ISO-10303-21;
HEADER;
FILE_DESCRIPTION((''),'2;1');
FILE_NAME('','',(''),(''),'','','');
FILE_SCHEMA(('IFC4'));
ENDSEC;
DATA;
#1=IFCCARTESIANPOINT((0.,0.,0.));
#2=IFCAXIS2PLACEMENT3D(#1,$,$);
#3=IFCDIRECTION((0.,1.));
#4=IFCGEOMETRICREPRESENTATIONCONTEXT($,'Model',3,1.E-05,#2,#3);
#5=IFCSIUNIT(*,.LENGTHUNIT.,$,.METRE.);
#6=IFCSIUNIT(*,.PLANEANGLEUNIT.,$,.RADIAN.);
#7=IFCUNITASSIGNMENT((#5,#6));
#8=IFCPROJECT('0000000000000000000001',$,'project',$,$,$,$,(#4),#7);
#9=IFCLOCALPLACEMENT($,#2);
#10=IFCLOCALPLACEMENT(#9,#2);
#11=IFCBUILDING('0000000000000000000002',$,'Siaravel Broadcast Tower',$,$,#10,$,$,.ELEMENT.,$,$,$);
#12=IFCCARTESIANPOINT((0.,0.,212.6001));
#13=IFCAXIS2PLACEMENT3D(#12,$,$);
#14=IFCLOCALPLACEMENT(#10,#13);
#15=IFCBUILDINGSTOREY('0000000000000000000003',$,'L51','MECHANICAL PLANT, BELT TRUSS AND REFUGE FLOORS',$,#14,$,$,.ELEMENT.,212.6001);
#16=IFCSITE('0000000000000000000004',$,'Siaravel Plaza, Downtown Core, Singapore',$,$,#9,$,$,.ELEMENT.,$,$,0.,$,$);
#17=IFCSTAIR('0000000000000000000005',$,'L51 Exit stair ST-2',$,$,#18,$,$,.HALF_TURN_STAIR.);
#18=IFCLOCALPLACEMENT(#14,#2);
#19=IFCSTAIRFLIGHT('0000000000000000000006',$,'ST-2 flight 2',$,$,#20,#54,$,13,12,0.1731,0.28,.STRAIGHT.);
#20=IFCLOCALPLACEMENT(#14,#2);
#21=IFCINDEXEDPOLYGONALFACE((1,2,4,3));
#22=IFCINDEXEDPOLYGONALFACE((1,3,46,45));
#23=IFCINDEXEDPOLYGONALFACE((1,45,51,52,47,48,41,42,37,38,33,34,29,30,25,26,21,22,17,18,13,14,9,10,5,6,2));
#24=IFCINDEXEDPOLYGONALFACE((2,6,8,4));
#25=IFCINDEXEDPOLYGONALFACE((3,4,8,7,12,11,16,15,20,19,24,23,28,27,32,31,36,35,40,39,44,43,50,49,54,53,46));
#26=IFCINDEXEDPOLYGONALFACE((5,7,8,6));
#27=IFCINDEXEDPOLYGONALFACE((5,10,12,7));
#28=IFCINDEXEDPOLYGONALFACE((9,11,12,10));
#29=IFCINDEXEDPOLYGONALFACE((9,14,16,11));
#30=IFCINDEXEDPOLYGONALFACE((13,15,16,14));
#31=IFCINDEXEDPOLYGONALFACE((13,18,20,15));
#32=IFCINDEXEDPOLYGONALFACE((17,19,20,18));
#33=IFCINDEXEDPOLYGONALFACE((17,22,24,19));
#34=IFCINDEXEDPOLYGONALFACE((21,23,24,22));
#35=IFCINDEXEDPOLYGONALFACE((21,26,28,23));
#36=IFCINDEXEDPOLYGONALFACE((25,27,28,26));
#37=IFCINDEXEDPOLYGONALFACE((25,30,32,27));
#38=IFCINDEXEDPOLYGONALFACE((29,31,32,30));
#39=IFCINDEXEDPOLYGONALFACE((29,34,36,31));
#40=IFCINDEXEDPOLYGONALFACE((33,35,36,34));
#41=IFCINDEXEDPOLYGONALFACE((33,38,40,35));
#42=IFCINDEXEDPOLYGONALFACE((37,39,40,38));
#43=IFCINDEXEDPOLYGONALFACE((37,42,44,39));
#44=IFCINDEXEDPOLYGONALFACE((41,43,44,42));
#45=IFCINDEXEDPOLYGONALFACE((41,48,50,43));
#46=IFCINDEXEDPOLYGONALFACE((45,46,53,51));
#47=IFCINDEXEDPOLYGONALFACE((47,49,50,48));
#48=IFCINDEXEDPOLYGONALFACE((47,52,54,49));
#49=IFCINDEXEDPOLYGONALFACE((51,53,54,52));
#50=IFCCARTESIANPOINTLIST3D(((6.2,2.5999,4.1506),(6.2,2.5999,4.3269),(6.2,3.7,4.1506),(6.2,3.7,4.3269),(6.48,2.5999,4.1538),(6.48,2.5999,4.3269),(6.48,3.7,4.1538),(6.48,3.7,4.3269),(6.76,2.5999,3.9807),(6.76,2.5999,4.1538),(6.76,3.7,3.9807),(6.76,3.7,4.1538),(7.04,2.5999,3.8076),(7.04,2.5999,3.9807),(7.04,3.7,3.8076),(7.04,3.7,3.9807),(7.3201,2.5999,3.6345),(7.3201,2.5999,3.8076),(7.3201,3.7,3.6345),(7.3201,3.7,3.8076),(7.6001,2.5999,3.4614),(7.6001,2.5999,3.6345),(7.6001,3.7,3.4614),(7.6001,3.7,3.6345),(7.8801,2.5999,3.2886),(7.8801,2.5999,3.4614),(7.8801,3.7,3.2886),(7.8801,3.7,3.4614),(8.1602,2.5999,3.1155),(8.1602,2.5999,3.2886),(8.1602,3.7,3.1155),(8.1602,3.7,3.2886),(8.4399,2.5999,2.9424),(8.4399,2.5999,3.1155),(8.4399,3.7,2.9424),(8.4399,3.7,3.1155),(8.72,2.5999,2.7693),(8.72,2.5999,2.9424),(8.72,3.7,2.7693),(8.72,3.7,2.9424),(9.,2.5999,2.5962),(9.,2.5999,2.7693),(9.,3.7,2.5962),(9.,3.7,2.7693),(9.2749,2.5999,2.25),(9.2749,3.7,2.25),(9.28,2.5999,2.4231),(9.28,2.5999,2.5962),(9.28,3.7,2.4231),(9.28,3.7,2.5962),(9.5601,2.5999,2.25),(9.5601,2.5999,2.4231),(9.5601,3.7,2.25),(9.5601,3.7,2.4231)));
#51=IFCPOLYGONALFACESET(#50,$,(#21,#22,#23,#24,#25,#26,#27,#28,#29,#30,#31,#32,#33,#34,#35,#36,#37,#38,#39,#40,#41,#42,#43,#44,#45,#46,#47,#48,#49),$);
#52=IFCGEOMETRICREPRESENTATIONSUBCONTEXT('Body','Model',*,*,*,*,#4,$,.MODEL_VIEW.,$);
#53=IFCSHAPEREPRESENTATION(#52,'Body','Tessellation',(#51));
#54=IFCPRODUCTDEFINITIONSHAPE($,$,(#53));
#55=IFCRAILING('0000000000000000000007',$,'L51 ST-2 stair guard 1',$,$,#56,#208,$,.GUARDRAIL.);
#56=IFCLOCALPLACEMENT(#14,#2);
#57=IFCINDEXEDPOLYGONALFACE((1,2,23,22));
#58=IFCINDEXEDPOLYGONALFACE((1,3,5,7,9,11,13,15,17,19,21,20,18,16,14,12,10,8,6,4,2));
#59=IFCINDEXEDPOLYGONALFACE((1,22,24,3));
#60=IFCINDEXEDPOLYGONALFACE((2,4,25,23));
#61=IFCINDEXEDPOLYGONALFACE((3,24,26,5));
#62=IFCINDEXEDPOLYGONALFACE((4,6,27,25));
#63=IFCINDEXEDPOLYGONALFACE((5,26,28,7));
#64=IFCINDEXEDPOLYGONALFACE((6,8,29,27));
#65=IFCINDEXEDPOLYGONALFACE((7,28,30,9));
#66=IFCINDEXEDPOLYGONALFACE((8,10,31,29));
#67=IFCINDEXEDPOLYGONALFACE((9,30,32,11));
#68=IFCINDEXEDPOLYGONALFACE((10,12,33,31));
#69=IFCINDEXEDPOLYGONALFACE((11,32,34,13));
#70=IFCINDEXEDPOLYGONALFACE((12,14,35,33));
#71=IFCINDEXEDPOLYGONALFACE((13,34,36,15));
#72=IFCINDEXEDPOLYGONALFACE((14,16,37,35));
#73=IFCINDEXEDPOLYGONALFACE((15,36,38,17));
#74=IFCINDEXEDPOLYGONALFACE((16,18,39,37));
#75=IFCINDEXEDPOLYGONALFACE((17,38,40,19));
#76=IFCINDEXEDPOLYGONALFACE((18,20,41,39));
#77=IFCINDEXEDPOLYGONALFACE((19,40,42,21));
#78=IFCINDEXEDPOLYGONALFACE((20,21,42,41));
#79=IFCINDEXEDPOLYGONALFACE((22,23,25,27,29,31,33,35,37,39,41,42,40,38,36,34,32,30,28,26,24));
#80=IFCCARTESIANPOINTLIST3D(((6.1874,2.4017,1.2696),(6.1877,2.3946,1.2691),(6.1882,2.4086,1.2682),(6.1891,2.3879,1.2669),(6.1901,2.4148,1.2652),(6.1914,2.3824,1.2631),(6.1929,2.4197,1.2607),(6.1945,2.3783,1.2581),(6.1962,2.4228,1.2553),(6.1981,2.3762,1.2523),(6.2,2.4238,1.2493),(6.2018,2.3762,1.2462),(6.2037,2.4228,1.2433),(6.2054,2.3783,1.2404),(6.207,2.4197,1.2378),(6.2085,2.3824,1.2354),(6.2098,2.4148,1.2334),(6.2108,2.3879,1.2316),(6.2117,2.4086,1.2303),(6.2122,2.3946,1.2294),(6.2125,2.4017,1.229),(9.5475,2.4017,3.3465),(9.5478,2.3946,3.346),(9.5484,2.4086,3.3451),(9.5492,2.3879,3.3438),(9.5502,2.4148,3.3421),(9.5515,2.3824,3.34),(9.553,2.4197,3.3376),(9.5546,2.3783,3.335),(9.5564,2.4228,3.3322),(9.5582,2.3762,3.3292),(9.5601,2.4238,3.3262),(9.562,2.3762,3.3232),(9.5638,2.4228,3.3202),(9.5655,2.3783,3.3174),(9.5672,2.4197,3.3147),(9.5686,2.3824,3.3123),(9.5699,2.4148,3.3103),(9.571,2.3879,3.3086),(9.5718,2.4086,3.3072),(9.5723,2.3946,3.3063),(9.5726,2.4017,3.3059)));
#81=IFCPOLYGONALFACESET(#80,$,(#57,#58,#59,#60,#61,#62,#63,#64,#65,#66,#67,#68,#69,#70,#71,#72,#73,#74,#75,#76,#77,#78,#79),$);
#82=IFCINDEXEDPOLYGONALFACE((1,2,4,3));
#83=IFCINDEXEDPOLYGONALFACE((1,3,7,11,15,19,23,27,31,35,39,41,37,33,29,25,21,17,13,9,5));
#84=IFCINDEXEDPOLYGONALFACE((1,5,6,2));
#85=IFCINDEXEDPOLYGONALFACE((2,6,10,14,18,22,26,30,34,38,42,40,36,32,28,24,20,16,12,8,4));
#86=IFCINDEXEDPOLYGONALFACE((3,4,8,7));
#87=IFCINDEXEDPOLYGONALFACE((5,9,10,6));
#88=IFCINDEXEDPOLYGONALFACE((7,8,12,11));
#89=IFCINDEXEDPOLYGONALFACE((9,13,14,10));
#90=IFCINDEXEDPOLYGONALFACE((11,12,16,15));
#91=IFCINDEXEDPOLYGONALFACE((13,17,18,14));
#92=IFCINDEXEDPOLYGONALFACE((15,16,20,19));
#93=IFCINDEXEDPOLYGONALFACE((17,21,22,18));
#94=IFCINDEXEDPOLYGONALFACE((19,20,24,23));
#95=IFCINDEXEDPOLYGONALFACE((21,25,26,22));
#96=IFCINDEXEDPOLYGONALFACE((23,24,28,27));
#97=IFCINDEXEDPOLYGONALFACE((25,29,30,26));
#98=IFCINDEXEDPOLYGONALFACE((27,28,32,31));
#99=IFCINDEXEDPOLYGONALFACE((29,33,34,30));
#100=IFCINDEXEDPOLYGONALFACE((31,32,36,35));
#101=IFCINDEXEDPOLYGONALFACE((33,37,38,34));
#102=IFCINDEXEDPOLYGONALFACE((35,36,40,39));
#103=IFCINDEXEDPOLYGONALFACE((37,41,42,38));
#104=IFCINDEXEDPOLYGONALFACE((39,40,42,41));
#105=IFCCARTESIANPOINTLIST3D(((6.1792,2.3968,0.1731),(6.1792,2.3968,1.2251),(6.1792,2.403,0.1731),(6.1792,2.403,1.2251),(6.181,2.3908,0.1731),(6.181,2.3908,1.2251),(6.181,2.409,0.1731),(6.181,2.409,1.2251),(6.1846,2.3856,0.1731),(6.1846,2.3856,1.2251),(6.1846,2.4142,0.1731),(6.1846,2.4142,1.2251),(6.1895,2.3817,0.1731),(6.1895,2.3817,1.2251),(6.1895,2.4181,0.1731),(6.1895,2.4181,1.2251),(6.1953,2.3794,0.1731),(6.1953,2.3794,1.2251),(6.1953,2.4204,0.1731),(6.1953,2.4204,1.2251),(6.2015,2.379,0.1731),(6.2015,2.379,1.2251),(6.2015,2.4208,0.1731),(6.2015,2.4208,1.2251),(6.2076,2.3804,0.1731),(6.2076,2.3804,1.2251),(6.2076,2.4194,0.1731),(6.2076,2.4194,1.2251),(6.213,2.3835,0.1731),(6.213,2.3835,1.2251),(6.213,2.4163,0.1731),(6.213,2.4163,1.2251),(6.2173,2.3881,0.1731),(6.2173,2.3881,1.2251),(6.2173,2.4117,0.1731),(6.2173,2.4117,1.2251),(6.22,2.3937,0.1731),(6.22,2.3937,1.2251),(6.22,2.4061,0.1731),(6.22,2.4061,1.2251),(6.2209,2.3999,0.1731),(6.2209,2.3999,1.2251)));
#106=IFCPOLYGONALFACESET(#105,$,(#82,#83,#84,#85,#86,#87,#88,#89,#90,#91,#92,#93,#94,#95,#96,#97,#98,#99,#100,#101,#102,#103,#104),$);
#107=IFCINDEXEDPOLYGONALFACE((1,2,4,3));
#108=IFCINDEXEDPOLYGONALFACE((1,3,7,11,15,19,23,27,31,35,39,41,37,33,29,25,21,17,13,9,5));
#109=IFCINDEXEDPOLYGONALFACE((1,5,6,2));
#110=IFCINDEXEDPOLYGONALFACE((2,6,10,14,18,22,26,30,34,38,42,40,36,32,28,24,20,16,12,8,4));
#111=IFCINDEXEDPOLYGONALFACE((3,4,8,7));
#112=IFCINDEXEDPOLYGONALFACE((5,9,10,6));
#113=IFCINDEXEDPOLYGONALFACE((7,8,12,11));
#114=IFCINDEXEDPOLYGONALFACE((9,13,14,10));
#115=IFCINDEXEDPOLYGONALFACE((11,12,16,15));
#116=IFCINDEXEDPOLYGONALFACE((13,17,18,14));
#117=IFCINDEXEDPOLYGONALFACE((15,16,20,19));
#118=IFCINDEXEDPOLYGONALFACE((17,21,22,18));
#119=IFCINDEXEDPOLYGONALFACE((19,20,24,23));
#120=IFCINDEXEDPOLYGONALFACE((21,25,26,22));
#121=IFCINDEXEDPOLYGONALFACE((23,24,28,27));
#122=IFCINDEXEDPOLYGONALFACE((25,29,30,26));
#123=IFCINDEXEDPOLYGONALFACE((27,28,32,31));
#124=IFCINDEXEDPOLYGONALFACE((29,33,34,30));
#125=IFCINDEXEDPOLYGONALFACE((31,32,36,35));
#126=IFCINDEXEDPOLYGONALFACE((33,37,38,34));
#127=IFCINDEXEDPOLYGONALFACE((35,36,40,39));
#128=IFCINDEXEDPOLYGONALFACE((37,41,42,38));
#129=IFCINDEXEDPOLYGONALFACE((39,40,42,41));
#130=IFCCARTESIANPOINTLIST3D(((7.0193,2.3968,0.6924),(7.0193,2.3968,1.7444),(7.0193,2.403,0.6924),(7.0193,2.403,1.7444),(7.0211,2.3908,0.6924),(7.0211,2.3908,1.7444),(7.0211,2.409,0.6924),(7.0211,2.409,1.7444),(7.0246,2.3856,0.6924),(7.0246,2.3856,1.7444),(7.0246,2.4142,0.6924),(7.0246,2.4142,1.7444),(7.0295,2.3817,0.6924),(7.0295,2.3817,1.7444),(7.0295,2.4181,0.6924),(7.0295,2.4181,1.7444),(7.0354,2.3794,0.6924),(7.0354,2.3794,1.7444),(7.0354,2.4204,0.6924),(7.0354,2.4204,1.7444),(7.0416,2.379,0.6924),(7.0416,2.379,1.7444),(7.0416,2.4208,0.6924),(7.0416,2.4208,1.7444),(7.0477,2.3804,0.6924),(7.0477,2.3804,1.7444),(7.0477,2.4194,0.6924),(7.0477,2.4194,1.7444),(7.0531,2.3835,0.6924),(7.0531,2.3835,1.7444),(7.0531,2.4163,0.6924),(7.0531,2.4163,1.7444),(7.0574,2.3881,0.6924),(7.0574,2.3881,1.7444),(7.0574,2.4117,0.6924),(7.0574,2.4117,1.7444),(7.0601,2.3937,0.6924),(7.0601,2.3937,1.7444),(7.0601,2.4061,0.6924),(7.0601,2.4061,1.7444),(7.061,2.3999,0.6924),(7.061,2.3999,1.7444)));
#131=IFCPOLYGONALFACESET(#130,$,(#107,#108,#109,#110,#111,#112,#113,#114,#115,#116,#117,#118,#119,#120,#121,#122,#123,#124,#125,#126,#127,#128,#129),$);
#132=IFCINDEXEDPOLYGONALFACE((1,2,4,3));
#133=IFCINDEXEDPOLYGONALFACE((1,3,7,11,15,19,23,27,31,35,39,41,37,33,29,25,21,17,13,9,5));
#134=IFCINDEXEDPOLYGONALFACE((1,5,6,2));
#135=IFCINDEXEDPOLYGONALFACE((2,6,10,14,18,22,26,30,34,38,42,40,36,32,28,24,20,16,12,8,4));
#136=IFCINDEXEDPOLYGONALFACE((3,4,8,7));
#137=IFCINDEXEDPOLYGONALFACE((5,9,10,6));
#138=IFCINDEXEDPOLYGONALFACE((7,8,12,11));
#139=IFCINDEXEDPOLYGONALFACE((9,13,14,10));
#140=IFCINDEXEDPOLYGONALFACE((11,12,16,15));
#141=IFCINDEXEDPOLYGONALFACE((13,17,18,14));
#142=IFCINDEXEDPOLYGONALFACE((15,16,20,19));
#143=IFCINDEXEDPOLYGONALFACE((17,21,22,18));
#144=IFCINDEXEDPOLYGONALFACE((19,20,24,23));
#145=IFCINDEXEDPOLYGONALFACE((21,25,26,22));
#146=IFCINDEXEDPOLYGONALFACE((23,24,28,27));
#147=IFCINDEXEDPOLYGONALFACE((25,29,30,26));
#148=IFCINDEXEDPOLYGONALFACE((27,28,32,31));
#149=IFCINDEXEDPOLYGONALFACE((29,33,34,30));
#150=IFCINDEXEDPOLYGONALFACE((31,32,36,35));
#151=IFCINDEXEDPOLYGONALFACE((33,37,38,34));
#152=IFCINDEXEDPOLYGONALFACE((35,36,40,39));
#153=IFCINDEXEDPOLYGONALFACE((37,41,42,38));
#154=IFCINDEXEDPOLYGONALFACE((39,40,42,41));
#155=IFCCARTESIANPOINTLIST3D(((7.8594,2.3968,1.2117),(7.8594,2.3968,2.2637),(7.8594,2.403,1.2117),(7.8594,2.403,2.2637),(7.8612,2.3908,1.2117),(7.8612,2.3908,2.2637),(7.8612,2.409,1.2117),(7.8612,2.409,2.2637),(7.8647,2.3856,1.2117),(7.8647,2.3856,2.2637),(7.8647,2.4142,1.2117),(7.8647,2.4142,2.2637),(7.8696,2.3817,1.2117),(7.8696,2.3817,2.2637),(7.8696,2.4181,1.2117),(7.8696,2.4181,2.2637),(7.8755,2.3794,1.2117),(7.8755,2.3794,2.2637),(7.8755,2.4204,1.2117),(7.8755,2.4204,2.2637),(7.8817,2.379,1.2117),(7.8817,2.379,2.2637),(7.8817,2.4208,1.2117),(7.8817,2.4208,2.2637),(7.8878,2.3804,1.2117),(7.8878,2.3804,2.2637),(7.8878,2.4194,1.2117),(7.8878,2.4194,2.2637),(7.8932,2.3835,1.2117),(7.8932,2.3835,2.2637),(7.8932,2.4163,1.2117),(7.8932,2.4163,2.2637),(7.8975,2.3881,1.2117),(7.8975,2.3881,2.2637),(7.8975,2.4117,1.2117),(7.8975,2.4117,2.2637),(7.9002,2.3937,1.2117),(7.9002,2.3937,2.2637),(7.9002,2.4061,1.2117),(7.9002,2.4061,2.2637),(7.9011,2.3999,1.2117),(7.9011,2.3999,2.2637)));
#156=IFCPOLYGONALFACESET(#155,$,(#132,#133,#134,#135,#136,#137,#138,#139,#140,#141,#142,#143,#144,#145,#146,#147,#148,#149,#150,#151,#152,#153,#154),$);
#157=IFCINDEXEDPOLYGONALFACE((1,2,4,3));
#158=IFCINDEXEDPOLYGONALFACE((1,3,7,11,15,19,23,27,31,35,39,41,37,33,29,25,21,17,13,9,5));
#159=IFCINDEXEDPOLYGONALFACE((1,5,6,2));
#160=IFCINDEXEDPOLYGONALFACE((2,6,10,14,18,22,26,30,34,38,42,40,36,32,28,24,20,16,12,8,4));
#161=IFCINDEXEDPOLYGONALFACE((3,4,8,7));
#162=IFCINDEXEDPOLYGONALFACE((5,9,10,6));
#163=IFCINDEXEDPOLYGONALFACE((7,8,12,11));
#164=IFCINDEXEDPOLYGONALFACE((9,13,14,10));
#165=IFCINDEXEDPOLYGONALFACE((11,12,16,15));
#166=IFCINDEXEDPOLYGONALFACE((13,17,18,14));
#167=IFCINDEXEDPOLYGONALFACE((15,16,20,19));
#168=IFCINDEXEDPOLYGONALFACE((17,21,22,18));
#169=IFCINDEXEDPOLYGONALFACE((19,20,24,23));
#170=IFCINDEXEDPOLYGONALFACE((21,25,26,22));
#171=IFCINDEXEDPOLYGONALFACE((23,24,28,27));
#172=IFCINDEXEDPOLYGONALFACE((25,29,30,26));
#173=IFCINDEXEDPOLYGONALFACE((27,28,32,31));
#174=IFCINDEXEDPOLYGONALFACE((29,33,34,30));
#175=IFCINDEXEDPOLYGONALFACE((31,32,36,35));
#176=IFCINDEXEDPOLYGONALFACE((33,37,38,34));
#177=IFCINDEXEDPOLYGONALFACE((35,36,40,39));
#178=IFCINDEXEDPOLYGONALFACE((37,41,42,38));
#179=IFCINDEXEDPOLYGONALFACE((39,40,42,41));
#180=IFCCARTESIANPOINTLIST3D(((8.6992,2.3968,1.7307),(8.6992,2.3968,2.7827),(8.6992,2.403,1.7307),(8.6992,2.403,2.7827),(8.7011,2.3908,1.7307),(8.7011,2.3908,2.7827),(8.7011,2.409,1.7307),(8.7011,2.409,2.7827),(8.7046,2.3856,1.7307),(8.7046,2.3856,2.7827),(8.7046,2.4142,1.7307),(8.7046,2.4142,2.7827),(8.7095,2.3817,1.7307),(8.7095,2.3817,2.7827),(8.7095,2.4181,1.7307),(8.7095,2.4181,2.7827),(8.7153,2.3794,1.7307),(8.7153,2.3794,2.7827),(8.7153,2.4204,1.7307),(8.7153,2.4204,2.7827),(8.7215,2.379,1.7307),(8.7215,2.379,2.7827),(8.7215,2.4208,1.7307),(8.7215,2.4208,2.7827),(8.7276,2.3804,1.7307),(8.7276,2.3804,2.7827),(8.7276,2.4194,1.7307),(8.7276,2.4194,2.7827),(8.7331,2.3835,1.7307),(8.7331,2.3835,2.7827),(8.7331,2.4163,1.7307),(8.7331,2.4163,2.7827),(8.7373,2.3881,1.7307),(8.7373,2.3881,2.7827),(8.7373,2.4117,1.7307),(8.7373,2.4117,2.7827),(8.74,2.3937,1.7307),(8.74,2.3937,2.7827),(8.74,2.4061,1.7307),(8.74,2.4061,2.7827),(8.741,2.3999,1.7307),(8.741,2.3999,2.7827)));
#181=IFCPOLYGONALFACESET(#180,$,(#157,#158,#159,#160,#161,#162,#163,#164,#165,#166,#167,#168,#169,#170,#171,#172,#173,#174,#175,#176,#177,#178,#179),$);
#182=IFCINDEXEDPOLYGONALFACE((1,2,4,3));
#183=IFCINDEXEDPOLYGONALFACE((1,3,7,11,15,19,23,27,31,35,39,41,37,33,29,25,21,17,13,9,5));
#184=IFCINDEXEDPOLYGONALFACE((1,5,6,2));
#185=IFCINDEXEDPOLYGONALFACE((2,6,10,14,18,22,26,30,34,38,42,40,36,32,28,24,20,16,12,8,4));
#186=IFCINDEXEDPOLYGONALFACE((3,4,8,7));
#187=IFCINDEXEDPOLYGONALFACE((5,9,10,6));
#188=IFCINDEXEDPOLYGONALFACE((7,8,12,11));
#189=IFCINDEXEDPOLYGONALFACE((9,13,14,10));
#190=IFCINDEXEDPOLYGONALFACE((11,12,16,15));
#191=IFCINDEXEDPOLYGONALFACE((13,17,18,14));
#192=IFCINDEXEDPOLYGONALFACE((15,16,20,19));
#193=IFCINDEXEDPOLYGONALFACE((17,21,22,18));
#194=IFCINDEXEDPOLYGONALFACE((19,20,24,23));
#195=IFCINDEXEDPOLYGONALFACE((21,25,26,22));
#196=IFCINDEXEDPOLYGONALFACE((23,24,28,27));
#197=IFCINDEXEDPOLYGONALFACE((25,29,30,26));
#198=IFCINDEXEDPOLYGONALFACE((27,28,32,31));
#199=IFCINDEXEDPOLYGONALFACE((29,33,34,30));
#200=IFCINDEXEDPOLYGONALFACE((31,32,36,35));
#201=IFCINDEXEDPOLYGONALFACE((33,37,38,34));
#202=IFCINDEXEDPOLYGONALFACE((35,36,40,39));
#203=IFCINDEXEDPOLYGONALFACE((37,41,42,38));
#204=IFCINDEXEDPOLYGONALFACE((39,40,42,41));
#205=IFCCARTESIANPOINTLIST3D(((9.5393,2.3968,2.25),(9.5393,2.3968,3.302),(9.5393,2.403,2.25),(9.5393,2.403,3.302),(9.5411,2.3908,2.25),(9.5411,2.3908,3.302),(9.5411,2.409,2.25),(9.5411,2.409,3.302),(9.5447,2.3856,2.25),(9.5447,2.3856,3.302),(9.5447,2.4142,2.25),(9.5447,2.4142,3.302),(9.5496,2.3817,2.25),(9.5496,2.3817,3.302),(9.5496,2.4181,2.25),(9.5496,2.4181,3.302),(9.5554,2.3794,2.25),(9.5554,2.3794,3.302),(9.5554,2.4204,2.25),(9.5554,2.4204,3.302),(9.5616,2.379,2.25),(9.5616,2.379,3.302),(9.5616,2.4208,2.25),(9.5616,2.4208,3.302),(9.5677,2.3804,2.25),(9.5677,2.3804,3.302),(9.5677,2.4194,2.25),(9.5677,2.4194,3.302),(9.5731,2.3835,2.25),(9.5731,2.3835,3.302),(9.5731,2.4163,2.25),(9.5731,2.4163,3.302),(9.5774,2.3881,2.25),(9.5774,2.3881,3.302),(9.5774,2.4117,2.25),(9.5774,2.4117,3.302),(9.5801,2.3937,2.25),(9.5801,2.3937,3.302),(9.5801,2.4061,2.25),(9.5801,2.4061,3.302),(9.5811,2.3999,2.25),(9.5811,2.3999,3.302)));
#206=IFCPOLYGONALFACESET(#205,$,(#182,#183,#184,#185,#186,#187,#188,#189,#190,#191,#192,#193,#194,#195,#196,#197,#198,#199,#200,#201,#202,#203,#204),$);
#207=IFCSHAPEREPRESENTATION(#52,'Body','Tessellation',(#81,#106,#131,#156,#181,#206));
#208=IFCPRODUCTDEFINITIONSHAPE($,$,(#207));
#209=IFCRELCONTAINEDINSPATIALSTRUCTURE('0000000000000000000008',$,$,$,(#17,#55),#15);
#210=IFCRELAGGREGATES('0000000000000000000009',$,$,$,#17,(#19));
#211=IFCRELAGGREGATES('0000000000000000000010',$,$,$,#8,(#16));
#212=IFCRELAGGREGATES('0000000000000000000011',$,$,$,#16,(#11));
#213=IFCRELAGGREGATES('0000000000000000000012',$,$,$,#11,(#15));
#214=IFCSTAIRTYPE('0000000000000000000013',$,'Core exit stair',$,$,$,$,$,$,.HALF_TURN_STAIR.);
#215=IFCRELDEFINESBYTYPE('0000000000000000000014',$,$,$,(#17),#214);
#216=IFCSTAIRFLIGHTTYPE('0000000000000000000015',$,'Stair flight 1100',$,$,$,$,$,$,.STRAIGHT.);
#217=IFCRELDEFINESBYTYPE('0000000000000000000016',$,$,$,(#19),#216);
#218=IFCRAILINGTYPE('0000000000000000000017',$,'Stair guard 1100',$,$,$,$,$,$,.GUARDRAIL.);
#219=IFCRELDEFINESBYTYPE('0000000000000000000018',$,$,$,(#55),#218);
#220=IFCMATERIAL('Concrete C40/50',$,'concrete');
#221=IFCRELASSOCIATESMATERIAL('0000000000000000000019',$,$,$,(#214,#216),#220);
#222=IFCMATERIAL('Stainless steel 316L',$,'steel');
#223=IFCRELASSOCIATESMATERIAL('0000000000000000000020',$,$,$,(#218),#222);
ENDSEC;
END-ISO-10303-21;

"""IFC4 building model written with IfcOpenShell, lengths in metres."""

from ifc_helpers import new_model, si_unit, direction, frame, origin, origin_2d, place, context, subcontext, project, spatial, polyline, circle, outline, extrude, material, type_object, element, aggregate, save


model = new_model("IFC4")

# Units and contexts
model_context = context("Model", 3, precision=1e-05, world=origin(), true_north=direction((0.0, 1.0)))
body_context = subcontext(model_context, "Body", "Model", "MODEL_VIEW")
ifc_project = project(units=[si_unit("LENGTHUNIT", "METRE"), si_unit("PLANEANGLEUNIT", "RADIAN")], contexts=[model_context])

# Site, building, storey
site_placement = place(None, origin())
site = spatial("IfcSite", under=ifc_project, at=site_placement, Name="Siaravel Plaza, Downtown Core, Singapore", CompositionType="ELEMENT", RefElevation=0.0)
building_placement = place(site_placement, origin())
building = spatial("IfcBuilding", under=site, at=building_placement, Name="Siaravel Broadcast Tower", CompositionType="ELEMENT")
storey_placement = place(building_placement, frame((0.0, 0.0, 212.6001)))
storey = spatial("IfcBuildingStorey", under=building, at=storey_placement, Name="L51", Description="MECHANICAL PLANT, BELT TRUSS AND REFUGE FLOORS", CompositionType="ELEMENT", Elevation=212.6001)

# Stair, stair flight
ifc_material_1 = material(Name="Concrete C40/50", Category="concrete")
stair_type = type_object("IfcStairType", Name="Core exit stair", PredefinedType="HALF_TURN_STAIR", material=ifc_material_1)
stair_placement = place(storey_placement, origin())
stair = element("IfcStair", 1, at=stair_placement, inside=storey, type_object=stair_type, Name="L51 Exit stair ST-2", PredefinedType="HALF_TURN_STAIR")
stair_flight_type = type_object("IfcStairFlightType", Name="Stair flight 1100", PredefinedType="STRAIGHT", material=ifc_material_1)
stair_flight_1_placement = place(storey_placement, frame((9.5601, 3.1499, 2.25), z_axis=(0.0, 0.0, 1.0), x_axis=(-1.0, 0.0, 0.0)))
stair_flight_1 = element("IfcStairFlight", 2, at=stair_flight_1_placement, type_object=stair_flight_type, Name="ST-2 flight 2", NumberOfRisers=13, NumberOfTreads=12, PredefinedType="STRAIGHT", RiserHeight=0.1731, TreadLength=0.28, context=body_context, shape_type="SweptSolid", body=[
    extrude(outline(polyline([(0.0, 0.0), (0.0, 0.1731), (0.28, 0.1731), (0.28, 0.3462), (0.5601, 0.3462), (0.5601, 0.5193), (0.8401, 0.5193), (0.8401, 0.6924), (1.1201, 0.6924), (1.1201, 0.8655), (1.3999, 0.8655), (1.3999, 1.0386), (1.6799, 1.0386), (1.6799, 1.2114), (1.96, 1.2114), (1.96, 1.3845), (2.24, 1.3845), (2.24, 1.5576), (2.52, 1.5576), (2.52, 1.7307), (2.8, 1.7307), (2.8, 1.9038), (3.0801, 1.9038), (3.0801, 2.0769), (3.3601, 2.0769), (3.3601, 2.25), (3.3601, 1.9006), (0.2852, 0.0), (0.0, 0.0)])), frame((0.0, 0.55, 0.0), z_axis=(0.0, -1.0, 0.0), x_axis=(1.0, 0.0, 0.0)), (0.0, 0.0, 1.0), 1.1001),
])
aggregate(stair, [stair_flight_1])

# Railing
ifc_material_2 = material(Name="Stainless steel 316L", Category="steel")
railing_type_1 = type_object("IfcRailingType", Name="Stair guard 1100", PredefinedType="GUARDRAIL", material=ifc_material_2)
railing_1_placement = place(storey_placement, frame((6.2, 2.3999, 0.1731)))
element("IfcRailing", 3, at=railing_1_placement, inside=storey, type_object=railing_type_1, Name="L51 ST-2 stair guard 1", PredefinedType="GUARDRAIL", context=body_context, shape_type="SweptSolid", body=[
    extrude(circle(Radius=0.0239, at=origin_2d()), frame((0.0, 0.0, 1.0762), z_axis=(0.850623, 0.0, 0.525776), x_axis=(0.0, 1.0, 0.0)), (0.0, 0.0, 1.0), 3.9502),
    extrude(circle(Radius=0.021, at=origin_2d()), origin(), (0.0, 0.0, 1.0), 1.052),
    extrude(circle(Radius=0.021, at=origin_2d()), frame((0.8401, 0.0, 0.5193)), (0.0, 0.0, 1.0), 1.052),
    extrude(circle(Radius=0.021, at=origin_2d()), frame((1.6802, 0.0, 1.0386)), (0.0, 0.0, 1.0), 1.052),
    extrude(circle(Radius=0.021, at=origin_2d()), frame((2.52, 0.0, 1.5576)), (0.0, 0.0, 1.0), 1.052),
    extrude(circle(Radius=0.021, at=origin_2d()), frame((3.3601, 0.0, 2.0769)), (0.0, 0.0, 1.0), 1.052),
])

save(model, "model.ifc")
